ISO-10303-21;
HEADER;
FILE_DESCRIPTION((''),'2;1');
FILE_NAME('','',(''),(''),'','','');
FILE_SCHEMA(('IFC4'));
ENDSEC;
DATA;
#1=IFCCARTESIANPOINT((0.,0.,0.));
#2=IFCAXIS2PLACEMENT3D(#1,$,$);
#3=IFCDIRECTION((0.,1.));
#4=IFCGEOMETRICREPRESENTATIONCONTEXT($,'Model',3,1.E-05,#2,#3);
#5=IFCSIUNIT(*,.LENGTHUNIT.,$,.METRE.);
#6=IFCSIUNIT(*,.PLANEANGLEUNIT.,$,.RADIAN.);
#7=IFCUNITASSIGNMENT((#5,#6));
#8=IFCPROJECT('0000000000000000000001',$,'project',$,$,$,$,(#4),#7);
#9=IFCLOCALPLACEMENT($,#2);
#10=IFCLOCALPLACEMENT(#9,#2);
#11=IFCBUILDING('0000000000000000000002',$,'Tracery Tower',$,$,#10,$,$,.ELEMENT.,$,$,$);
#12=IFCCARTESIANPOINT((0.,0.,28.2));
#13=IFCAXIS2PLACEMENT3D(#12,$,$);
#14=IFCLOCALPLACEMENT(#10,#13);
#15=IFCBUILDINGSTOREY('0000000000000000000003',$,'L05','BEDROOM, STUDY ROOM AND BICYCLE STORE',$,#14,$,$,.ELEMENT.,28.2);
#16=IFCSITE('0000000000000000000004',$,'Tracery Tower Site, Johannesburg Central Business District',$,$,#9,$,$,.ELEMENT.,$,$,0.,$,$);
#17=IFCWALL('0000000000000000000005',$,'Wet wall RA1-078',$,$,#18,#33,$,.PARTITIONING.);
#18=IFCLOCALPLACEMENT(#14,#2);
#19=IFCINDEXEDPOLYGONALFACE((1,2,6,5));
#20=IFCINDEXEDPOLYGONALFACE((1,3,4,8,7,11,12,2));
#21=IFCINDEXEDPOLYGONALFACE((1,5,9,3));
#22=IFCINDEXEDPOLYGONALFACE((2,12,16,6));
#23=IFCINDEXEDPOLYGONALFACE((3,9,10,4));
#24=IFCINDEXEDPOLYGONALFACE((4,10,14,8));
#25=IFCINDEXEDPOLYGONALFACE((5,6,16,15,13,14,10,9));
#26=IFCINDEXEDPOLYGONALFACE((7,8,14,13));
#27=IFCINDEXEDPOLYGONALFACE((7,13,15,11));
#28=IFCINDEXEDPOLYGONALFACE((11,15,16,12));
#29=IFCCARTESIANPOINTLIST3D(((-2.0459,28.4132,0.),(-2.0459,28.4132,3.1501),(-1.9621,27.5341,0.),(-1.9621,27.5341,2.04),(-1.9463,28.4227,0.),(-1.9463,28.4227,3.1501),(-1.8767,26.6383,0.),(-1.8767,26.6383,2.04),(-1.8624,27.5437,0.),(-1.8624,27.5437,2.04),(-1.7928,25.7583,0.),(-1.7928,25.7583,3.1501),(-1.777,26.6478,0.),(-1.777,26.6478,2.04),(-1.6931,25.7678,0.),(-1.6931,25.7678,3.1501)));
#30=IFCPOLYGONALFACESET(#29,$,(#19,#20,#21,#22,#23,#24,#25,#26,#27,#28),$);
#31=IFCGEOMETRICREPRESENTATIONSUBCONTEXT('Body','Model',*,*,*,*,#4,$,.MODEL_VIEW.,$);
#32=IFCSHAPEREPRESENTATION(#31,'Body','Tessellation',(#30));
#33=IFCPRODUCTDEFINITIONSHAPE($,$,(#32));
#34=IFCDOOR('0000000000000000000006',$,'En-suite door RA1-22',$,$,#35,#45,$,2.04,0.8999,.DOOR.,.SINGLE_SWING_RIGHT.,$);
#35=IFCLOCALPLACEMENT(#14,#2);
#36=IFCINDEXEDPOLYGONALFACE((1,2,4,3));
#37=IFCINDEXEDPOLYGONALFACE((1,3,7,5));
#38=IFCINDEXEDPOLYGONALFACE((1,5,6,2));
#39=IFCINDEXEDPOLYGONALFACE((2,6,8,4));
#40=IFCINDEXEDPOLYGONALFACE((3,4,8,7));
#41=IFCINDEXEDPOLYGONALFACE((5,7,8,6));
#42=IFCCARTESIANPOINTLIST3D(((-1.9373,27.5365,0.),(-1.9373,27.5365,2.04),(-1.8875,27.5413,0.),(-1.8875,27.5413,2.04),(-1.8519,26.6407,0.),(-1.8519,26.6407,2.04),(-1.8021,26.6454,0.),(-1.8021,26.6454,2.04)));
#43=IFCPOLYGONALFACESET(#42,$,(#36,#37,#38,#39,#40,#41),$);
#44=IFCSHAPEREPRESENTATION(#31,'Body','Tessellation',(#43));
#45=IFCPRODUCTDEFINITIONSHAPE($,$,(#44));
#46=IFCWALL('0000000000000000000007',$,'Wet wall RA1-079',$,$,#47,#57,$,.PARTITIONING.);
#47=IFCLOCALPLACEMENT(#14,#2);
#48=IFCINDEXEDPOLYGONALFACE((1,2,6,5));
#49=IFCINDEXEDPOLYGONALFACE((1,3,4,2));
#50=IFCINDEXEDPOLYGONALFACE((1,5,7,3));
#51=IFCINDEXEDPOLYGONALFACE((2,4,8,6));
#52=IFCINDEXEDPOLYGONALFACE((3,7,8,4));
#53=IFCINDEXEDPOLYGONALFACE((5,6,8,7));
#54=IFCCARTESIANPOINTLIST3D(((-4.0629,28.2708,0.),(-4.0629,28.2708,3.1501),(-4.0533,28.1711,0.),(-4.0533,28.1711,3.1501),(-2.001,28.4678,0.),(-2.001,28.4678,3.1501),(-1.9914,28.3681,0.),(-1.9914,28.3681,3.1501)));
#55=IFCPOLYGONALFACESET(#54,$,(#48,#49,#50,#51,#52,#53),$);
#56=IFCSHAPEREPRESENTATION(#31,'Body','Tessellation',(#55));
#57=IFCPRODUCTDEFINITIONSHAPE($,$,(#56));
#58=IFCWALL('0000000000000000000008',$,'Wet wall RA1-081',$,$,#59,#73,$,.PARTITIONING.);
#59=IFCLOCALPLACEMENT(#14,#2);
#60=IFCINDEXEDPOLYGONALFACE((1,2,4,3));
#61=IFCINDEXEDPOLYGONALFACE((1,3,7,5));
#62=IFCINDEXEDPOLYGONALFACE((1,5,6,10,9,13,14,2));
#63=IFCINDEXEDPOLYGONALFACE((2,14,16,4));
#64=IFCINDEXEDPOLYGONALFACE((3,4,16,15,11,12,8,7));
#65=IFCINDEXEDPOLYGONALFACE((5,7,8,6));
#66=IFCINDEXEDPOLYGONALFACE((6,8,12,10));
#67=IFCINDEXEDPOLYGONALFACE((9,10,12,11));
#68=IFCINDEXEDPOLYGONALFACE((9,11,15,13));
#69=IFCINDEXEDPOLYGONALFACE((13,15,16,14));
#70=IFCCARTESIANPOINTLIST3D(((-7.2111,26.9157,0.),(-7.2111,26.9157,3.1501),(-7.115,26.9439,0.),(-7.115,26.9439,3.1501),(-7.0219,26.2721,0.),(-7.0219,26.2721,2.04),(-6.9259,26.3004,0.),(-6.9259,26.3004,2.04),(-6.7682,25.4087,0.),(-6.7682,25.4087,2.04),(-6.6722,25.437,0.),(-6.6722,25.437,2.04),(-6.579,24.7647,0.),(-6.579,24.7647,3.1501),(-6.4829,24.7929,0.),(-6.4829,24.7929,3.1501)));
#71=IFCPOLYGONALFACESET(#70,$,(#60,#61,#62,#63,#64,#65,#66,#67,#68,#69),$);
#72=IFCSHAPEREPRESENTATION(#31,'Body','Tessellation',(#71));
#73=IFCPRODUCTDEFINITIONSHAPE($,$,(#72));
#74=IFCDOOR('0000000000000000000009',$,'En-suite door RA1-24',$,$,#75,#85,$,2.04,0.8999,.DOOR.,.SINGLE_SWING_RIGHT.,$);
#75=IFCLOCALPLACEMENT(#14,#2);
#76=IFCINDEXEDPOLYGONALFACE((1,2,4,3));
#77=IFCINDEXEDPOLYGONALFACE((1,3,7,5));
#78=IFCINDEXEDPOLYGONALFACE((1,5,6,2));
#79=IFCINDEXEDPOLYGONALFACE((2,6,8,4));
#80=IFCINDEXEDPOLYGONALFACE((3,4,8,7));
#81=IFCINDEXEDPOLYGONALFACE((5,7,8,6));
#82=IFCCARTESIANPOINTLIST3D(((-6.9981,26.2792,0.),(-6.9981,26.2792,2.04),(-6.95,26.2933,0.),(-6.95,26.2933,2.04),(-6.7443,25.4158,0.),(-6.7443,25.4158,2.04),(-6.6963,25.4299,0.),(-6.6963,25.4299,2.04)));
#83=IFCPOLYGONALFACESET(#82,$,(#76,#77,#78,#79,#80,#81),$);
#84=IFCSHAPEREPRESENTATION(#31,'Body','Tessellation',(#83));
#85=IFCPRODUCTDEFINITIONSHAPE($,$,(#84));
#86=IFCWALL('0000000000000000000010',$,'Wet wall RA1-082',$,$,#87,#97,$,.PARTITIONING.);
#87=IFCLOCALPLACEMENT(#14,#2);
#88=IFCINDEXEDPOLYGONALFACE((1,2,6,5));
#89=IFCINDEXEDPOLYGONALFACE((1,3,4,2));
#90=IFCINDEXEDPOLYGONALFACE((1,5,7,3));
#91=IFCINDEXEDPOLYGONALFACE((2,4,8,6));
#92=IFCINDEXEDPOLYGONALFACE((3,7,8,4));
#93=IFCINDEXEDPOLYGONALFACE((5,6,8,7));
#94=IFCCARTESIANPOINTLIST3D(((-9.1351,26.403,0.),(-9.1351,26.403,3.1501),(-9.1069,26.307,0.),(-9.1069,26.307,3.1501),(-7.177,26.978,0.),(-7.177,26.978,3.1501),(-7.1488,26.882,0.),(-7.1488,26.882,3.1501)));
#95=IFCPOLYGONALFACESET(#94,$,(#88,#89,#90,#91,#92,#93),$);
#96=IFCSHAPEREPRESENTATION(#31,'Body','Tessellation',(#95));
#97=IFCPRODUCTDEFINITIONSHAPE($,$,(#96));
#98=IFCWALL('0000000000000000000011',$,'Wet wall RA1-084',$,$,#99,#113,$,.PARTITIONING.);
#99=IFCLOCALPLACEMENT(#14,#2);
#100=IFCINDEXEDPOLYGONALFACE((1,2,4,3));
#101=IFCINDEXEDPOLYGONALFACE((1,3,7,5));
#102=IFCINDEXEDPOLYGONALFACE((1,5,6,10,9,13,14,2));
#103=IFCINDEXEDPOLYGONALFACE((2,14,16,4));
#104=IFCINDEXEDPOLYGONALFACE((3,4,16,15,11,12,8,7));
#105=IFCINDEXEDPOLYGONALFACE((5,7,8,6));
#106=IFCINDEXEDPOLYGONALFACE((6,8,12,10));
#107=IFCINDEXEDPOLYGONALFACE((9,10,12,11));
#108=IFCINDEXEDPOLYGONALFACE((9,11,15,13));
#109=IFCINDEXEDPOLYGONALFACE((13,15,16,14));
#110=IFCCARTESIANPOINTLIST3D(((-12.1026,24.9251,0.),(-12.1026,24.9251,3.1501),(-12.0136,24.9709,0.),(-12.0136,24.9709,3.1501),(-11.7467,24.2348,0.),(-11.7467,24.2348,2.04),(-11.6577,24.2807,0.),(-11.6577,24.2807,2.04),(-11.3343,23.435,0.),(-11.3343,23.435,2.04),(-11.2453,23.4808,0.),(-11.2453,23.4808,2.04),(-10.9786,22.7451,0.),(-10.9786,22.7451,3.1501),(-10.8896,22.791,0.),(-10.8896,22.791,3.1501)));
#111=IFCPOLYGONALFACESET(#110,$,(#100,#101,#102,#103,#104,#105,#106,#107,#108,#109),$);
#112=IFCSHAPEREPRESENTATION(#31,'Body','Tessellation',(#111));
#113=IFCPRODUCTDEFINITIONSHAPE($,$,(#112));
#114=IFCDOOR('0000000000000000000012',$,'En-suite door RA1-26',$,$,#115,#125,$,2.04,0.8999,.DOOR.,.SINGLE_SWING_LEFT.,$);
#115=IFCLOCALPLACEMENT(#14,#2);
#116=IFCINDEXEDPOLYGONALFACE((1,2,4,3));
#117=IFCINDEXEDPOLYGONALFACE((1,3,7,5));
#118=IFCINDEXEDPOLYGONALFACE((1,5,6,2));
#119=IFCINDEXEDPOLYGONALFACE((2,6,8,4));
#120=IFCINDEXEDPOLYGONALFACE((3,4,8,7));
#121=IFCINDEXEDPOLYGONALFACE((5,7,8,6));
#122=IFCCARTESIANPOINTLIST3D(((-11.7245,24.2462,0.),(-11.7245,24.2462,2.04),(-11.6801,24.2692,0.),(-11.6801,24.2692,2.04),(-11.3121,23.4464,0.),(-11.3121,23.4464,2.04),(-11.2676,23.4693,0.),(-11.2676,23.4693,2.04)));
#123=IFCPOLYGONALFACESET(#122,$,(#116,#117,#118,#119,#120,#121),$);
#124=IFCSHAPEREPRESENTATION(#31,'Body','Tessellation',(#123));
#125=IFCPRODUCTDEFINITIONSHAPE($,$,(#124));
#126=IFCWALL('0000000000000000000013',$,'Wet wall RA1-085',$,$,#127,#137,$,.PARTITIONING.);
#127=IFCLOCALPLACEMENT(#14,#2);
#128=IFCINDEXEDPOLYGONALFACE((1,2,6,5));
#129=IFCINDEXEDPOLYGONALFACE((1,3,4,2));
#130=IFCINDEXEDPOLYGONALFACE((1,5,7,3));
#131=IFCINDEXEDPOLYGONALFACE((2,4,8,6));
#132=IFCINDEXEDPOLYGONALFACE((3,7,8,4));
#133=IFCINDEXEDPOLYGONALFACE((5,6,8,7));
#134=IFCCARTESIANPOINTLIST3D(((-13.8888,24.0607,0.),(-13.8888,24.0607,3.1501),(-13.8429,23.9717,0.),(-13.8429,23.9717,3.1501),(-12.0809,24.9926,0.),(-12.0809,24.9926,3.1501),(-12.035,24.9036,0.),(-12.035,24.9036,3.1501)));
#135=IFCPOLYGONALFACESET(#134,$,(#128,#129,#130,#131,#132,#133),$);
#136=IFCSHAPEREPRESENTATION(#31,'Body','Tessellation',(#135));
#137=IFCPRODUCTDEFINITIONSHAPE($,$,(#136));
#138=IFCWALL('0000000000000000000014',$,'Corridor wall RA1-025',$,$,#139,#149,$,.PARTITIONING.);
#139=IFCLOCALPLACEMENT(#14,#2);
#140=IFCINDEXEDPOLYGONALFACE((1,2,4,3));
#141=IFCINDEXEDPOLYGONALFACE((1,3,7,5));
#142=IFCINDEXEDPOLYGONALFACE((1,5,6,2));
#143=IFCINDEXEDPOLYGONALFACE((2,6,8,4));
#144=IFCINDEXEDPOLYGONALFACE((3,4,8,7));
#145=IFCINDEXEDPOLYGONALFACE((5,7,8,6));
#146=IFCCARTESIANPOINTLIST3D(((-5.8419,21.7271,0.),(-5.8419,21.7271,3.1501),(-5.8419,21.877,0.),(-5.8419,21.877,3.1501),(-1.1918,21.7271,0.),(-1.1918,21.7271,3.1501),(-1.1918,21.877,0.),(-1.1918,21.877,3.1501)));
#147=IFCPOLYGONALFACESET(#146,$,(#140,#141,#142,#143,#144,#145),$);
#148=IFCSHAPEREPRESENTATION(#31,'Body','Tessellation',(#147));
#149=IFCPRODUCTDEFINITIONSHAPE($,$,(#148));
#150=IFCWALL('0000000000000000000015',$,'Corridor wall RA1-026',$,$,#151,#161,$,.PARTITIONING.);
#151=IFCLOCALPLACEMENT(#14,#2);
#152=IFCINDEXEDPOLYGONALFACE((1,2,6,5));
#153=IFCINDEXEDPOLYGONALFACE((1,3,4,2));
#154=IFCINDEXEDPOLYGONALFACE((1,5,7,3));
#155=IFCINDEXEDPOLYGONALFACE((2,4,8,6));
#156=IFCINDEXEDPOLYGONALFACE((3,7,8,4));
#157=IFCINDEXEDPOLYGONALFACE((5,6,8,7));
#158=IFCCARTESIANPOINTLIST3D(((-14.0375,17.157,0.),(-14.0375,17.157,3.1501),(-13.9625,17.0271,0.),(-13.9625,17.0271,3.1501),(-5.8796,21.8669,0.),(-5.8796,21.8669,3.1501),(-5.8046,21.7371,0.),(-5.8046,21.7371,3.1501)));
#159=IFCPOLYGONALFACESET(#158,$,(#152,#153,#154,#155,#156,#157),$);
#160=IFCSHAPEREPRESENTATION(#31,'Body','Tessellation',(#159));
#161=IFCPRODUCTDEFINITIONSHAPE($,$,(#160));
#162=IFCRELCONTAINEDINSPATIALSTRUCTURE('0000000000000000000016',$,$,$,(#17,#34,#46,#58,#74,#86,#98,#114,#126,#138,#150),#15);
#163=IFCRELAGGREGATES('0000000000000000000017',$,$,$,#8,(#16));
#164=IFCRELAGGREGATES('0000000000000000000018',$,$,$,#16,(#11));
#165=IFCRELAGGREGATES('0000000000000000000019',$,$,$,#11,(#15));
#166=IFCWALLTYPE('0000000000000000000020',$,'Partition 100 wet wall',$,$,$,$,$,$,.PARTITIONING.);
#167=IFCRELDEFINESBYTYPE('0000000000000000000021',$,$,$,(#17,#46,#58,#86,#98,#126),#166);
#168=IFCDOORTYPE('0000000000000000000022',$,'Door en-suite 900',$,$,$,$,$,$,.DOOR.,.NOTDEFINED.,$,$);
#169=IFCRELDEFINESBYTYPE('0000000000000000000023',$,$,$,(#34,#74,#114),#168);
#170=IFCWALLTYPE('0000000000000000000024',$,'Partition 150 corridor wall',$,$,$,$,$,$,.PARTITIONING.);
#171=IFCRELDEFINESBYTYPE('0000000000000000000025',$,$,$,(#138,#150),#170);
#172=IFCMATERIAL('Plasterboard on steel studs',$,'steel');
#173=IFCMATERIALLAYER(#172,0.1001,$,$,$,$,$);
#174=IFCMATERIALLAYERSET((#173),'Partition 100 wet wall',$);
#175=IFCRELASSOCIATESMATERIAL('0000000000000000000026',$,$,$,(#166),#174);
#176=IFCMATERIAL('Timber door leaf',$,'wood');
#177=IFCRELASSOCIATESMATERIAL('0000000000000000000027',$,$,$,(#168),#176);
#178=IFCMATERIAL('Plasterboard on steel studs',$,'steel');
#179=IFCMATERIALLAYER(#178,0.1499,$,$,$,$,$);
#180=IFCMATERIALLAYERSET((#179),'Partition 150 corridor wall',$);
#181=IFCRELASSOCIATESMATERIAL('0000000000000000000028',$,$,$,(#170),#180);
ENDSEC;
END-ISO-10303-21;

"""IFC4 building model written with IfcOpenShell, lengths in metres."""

from ifc_helpers import new_model, si_unit, direction, frame, frame_2d, origin, place, context, subcontext, project, spatial, rectangle, extrude, material, layer, layer_set, type_object, element, fill, save


model = new_model("IFC4")

# Units and contexts
model_context = context("Model", 3, precision=1e-05, world=origin(), true_north=direction((0.0, 1.0)))
body_context = subcontext(model_context, "Body", "Model", "MODEL_VIEW")
ifc_project = project(units=[si_unit("LENGTHUNIT", "METRE"), si_unit("PLANEANGLEUNIT", "RADIAN")], contexts=[model_context])

# Site, building, storey
site_placement = place(None, origin())
site = spatial("IfcSite", under=ifc_project, at=site_placement, Name="Tracery Tower Site, Johannesburg Central Business District", CompositionType="ELEMENT", RefElevation=0.0)
building_placement = place(site_placement, origin())
building = spatial("IfcBuilding", under=site, at=building_placement, Name="Tracery Tower", CompositionType="ELEMENT")
storey_placement = place(building_placement, frame((0.0, 0.0, 28.2)))
storey = spatial("IfcBuildingStorey", under=building, at=storey_placement, Name="L05", Description="BEDROOM, STUDY ROOM AND BICYCLE STORE", CompositionType="ELEMENT", Elevation=28.2)

# Wall, opening, door
ifc_material_1 = material(Name="Plasterboard on steel studs", Category="steel")
ifc_layer_1 = layer(ifc_material_1, 0.1001)
ifc_layer_set_1 = layer_set([ifc_layer_1], Name="Partition 100 wet wall")
wall_type_1 = type_object("IfcWallType", Name="Partition 100 wet wall", PredefinedType="PARTITIONING", material=ifc_layer_set_1)
wall_1_placement = place(storey_placement, frame((-1.9961, 28.418, 0.0), z_axis=(0.0, 0.0, 1.0), x_axis=(0.094926, -0.995484, 0.0)))
wall_1 = element("IfcWall", 1, at=wall_1_placement, inside=storey, type_object=wall_type_1, Name="Wet wall RA1-078", PredefinedType="PARTITIONING", context=body_context, shape_type="SweptSolid", body=[
    extrude(rectangle(XDim=2.667, YDim=0.1001, at=frame_2d((1.3335, 0.0))), origin(), (0.0, 0.0, 1.0), 3.1501),
])
opening_1_placement = place(wall_1_placement, frame((0.8831, 0.0, 0.0)))
opening_1 = element("IfcOpeningElement", 2, at=opening_1_placement, cuts=wall_1, PredefinedType="OPENING", context=body_context, shape_type="SweptSolid", body=[
    extrude(rectangle(XDim=0.8999, YDim=2.04, at=frame_2d((0.45, 1.02))), frame((0.0, 0.05, 0.0), z_axis=(0.0, -1.0, 0.0), x_axis=(1.0, 0.0, 0.0)), (0.0, 0.0, 1.0), 0.1001),
])
ifc_material_2 = material(Name="Timber door leaf", Category="wood")
door_type_1 = type_object("IfcDoorType", Name="Door en-suite 900", OperationType="NOTDEFINED", PredefinedType="DOOR", material=ifc_material_2)
door_1_placement = place(opening_1_placement, origin())
door_1 = element("IfcDoor", 3, at=door_1_placement, inside=storey, type_object=door_type_1, Name="En-suite door RA1-22", OperationType="SINGLE_SWING_RIGHT", OverallHeight=2.04, OverallWidth=0.8999, PredefinedType="DOOR", context=body_context, shape_type="SweptSolid", body=[
    extrude(rectangle(XDim=0.8999, YDim=2.04, at=frame_2d((0.45, 1.02))), frame((0.0, 0.0249, 0.0), z_axis=(0.0, -1.0, 0.0), x_axis=(1.0, 0.0, 0.0)), (0.0, 0.0, 1.0), 0.05),
])
fill(opening_1, door_1)

# Wall
wall_2_placement = place(storey_placement, frame((-4.0581, 28.2209, 0.0), z_axis=(0.0, 0.0, 1.0), x_axis=(0.995466, 0.095115, 0.0)))
element("IfcWall", 4, at=wall_2_placement, inside=storey, type_object=wall_type_1, Name="Wet wall RA1-079", PredefinedType="PARTITIONING", context=body_context, shape_type="SweptSolid", body=[
    extrude(rectangle(XDim=2.0713, YDim=0.1001, at=frame_2d((1.0356, 0.0))), origin(), (0.0, 0.0, 1.0), 3.1501),
])

# Wall, opening, door
wall_3_placement = place(storey_placement, frame((-7.1631, 26.9299, 0.0), z_axis=(0.0, 0.0, 1.0), x_axis=(0.281948, -0.95943, 0.0)))
wall_3 = element("IfcWall", 5, at=wall_3_placement, inside=storey, type_object=wall_type_1, Name="Wet wall RA1-081", PredefinedType="PARTITIONING", context=body_context, shape_type="SweptSolid", body=[
    extrude(rectangle(XDim=2.2419, YDim=0.1001, at=frame_2d((1.1211, 0.0))), origin(), (0.0, 0.0, 1.0), 3.1501),
])
opening_2_placement = place(wall_3_placement, frame((0.6709, 0.0, 0.0)))
opening_2 = element("IfcOpeningElement", 6, at=opening_2_placement, cuts=wall_3, PredefinedType="OPENING", context=body_context, shape_type="SweptSolid", body=[
    extrude(rectangle(XDim=0.8999, YDim=2.04, at=frame_2d((0.45, 1.02))), frame((0.0, 0.05, 0.0), z_axis=(0.0, -1.0, 0.0), x_axis=(1.0, 0.0, 0.0)), (0.0, 0.0, 1.0), 0.1001),
])
door_2_placement = place(opening_2_placement, origin())
door_2 = element("IfcDoor", 7, at=door_2_placement, inside=storey, type_object=door_type_1, Name="En-suite door RA1-24", OperationType="SINGLE_SWING_RIGHT", OverallHeight=2.04, OverallWidth=0.8999, PredefinedType="DOOR", context=body_context, shape_type="SweptSolid", body=[
    extrude(rectangle(XDim=0.8999, YDim=2.04, at=frame_2d((0.45, 1.02))), frame((0.0, 0.0249, 0.0), z_axis=(0.0, -1.0, 0.0), x_axis=(1.0, 0.0, 0.0)), (0.0, 0.0, 1.0), 0.05),
])
fill(opening_2, door_2)

# Wall
wall_4_placement = place(storey_placement, frame((-9.1211, 26.355, 0.0), z_axis=(0.0, 0.0, 1.0), x_axis=(0.959489, 0.281745, 0.0)))
element("IfcWall", 8, at=wall_4_placement, inside=storey, type_object=wall_type_1, Name="Wet wall RA1-082", PredefinedType="PARTITIONING", context=body_context, shape_type="SweptSolid", body=[
    extrude(rectangle(XDim=2.0408, YDim=0.1001, at=frame_2d((1.0205, 0.0))), origin(), (0.0, 0.0, 1.0), 3.1501),
])

# Wall, opening, door
wall_5_placement = place(storey_placement, frame((-12.0581, 24.948, 0.0), z_axis=(0.0, 0.0, 1.0), x_axis=(0.458288, -0.888804, 0.0)))
wall_5 = element("IfcWall", 9, at=wall_5_placement, inside=storey, type_object=wall_type_1, Name="Wet wall RA1-084", PredefinedType="PARTITIONING", context=body_context, shape_type="SweptSolid", body=[
    extrude(rectangle(XDim=2.4526, YDim=0.1001, at=frame_2d((1.2263, 0.0))), origin(), (0.0, 0.0, 1.0), 3.1501),
])
opening_3_placement = place(wall_5_placement, frame((0.7766, 0.0, 0.0)))
opening_3 = element("IfcOpeningElement", 10, at=opening_3_placement, cuts=wall_5, PredefinedType="OPENING", context=body_context, shape_type="SweptSolid", body=[
    extrude(rectangle(XDim=0.8999, YDim=2.04, at=frame_2d((0.45, 1.02))), frame((0.0, 0.05, 0.0), z_axis=(0.0, -1.0, 0.0), x_axis=(1.0, 0.0, 0.0)), (0.0, 0.0, 1.0), 0.1001),
])
door_3_placement = place(opening_3_placement, origin())
door_3 = element("IfcDoor", 11, at=door_3_placement, inside=storey, type_object=door_type_1, Name="En-suite door RA1-26", OperationType="SINGLE_SWING_LEFT", OverallHeight=2.04, OverallWidth=0.8999, PredefinedType="DOOR", context=body_context, shape_type="SweptSolid", body=[
    extrude(rectangle(XDim=0.8999, YDim=2.04, at=frame_2d((0.45, 1.02))), frame((0.0, 0.0249, 0.0), z_axis=(0.0, -1.0, 0.0), x_axis=(1.0, 0.0, 0.0)), (0.0, 0.0, 1.0), 0.05),
])
fill(opening_3, door_3)

# Walls
wall_6_placement = place(storey_placement, frame((-13.866, 24.0161, 0.0), z_axis=(0.0, 0.0, 1.0), x_axis=(0.888862, 0.458175, 0.0)))
element("IfcWall", 12, at=wall_6_placement, inside=storey, type_object=wall_type_1, Name="Wet wall RA1-085", PredefinedType="PARTITIONING", context=body_context, shape_type="SweptSolid", body=[
    extrude(rectangle(XDim=2.0339, YDim=0.1001, at=frame_2d((1.0171, 0.0))), origin(), (0.0, 0.0, 1.0), 3.1501),
])
ifc_material_3 = material(Name="Plasterboard on steel studs", Category="steel")
ifc_layer_2 = layer(ifc_material_3, 0.1499)
ifc_layer_set_2 = layer_set([ifc_layer_2], Name="Partition 150 corridor wall")
wall_type_2 = type_object("IfcWallType", Name="Partition 150 corridor wall", PredefinedType="PARTITIONING", material=ifc_layer_set_2)
wall_7_placement = place(storey_placement, frame((-5.842, 21.802, 0.0), z_axis=(0.0, 0.0, 1.0), x_axis=(1.0, 0.0, 0.0)))
element("IfcWall", 13, at=wall_7_placement, inside=storey, type_object=wall_type_2, Name="Corridor wall RA1-025", PredefinedType="PARTITIONING", context=body_context, shape_type="SweptSolid", body=[
    extrude(rectangle(XDim=4.6501, YDim=0.1499, at=frame_2d((2.3252, 0.0))), origin(), (0.0, 0.0, 1.0), 3.1501),
])
wall_8_placement = place(storey_placement, frame((-14.0, 17.092, 0.0), z_axis=(0.0, 0.0, 1.0), x_axis=(0.866027, 0.499997, 0.0)))
element("IfcWall", 14, at=wall_8_placement, inside=storey, type_object=wall_type_2, Name="Corridor wall RA1-026", PredefinedType="PARTITIONING", context=body_context, shape_type="SweptSolid", body=[
    extrude(rectangle(XDim=9.4199, YDim=0.1499, at=frame_2d((4.71, 0.0))), origin(), (0.0, 0.0, 1.0), 3.1501),
])

save(model, "model.ifc")
